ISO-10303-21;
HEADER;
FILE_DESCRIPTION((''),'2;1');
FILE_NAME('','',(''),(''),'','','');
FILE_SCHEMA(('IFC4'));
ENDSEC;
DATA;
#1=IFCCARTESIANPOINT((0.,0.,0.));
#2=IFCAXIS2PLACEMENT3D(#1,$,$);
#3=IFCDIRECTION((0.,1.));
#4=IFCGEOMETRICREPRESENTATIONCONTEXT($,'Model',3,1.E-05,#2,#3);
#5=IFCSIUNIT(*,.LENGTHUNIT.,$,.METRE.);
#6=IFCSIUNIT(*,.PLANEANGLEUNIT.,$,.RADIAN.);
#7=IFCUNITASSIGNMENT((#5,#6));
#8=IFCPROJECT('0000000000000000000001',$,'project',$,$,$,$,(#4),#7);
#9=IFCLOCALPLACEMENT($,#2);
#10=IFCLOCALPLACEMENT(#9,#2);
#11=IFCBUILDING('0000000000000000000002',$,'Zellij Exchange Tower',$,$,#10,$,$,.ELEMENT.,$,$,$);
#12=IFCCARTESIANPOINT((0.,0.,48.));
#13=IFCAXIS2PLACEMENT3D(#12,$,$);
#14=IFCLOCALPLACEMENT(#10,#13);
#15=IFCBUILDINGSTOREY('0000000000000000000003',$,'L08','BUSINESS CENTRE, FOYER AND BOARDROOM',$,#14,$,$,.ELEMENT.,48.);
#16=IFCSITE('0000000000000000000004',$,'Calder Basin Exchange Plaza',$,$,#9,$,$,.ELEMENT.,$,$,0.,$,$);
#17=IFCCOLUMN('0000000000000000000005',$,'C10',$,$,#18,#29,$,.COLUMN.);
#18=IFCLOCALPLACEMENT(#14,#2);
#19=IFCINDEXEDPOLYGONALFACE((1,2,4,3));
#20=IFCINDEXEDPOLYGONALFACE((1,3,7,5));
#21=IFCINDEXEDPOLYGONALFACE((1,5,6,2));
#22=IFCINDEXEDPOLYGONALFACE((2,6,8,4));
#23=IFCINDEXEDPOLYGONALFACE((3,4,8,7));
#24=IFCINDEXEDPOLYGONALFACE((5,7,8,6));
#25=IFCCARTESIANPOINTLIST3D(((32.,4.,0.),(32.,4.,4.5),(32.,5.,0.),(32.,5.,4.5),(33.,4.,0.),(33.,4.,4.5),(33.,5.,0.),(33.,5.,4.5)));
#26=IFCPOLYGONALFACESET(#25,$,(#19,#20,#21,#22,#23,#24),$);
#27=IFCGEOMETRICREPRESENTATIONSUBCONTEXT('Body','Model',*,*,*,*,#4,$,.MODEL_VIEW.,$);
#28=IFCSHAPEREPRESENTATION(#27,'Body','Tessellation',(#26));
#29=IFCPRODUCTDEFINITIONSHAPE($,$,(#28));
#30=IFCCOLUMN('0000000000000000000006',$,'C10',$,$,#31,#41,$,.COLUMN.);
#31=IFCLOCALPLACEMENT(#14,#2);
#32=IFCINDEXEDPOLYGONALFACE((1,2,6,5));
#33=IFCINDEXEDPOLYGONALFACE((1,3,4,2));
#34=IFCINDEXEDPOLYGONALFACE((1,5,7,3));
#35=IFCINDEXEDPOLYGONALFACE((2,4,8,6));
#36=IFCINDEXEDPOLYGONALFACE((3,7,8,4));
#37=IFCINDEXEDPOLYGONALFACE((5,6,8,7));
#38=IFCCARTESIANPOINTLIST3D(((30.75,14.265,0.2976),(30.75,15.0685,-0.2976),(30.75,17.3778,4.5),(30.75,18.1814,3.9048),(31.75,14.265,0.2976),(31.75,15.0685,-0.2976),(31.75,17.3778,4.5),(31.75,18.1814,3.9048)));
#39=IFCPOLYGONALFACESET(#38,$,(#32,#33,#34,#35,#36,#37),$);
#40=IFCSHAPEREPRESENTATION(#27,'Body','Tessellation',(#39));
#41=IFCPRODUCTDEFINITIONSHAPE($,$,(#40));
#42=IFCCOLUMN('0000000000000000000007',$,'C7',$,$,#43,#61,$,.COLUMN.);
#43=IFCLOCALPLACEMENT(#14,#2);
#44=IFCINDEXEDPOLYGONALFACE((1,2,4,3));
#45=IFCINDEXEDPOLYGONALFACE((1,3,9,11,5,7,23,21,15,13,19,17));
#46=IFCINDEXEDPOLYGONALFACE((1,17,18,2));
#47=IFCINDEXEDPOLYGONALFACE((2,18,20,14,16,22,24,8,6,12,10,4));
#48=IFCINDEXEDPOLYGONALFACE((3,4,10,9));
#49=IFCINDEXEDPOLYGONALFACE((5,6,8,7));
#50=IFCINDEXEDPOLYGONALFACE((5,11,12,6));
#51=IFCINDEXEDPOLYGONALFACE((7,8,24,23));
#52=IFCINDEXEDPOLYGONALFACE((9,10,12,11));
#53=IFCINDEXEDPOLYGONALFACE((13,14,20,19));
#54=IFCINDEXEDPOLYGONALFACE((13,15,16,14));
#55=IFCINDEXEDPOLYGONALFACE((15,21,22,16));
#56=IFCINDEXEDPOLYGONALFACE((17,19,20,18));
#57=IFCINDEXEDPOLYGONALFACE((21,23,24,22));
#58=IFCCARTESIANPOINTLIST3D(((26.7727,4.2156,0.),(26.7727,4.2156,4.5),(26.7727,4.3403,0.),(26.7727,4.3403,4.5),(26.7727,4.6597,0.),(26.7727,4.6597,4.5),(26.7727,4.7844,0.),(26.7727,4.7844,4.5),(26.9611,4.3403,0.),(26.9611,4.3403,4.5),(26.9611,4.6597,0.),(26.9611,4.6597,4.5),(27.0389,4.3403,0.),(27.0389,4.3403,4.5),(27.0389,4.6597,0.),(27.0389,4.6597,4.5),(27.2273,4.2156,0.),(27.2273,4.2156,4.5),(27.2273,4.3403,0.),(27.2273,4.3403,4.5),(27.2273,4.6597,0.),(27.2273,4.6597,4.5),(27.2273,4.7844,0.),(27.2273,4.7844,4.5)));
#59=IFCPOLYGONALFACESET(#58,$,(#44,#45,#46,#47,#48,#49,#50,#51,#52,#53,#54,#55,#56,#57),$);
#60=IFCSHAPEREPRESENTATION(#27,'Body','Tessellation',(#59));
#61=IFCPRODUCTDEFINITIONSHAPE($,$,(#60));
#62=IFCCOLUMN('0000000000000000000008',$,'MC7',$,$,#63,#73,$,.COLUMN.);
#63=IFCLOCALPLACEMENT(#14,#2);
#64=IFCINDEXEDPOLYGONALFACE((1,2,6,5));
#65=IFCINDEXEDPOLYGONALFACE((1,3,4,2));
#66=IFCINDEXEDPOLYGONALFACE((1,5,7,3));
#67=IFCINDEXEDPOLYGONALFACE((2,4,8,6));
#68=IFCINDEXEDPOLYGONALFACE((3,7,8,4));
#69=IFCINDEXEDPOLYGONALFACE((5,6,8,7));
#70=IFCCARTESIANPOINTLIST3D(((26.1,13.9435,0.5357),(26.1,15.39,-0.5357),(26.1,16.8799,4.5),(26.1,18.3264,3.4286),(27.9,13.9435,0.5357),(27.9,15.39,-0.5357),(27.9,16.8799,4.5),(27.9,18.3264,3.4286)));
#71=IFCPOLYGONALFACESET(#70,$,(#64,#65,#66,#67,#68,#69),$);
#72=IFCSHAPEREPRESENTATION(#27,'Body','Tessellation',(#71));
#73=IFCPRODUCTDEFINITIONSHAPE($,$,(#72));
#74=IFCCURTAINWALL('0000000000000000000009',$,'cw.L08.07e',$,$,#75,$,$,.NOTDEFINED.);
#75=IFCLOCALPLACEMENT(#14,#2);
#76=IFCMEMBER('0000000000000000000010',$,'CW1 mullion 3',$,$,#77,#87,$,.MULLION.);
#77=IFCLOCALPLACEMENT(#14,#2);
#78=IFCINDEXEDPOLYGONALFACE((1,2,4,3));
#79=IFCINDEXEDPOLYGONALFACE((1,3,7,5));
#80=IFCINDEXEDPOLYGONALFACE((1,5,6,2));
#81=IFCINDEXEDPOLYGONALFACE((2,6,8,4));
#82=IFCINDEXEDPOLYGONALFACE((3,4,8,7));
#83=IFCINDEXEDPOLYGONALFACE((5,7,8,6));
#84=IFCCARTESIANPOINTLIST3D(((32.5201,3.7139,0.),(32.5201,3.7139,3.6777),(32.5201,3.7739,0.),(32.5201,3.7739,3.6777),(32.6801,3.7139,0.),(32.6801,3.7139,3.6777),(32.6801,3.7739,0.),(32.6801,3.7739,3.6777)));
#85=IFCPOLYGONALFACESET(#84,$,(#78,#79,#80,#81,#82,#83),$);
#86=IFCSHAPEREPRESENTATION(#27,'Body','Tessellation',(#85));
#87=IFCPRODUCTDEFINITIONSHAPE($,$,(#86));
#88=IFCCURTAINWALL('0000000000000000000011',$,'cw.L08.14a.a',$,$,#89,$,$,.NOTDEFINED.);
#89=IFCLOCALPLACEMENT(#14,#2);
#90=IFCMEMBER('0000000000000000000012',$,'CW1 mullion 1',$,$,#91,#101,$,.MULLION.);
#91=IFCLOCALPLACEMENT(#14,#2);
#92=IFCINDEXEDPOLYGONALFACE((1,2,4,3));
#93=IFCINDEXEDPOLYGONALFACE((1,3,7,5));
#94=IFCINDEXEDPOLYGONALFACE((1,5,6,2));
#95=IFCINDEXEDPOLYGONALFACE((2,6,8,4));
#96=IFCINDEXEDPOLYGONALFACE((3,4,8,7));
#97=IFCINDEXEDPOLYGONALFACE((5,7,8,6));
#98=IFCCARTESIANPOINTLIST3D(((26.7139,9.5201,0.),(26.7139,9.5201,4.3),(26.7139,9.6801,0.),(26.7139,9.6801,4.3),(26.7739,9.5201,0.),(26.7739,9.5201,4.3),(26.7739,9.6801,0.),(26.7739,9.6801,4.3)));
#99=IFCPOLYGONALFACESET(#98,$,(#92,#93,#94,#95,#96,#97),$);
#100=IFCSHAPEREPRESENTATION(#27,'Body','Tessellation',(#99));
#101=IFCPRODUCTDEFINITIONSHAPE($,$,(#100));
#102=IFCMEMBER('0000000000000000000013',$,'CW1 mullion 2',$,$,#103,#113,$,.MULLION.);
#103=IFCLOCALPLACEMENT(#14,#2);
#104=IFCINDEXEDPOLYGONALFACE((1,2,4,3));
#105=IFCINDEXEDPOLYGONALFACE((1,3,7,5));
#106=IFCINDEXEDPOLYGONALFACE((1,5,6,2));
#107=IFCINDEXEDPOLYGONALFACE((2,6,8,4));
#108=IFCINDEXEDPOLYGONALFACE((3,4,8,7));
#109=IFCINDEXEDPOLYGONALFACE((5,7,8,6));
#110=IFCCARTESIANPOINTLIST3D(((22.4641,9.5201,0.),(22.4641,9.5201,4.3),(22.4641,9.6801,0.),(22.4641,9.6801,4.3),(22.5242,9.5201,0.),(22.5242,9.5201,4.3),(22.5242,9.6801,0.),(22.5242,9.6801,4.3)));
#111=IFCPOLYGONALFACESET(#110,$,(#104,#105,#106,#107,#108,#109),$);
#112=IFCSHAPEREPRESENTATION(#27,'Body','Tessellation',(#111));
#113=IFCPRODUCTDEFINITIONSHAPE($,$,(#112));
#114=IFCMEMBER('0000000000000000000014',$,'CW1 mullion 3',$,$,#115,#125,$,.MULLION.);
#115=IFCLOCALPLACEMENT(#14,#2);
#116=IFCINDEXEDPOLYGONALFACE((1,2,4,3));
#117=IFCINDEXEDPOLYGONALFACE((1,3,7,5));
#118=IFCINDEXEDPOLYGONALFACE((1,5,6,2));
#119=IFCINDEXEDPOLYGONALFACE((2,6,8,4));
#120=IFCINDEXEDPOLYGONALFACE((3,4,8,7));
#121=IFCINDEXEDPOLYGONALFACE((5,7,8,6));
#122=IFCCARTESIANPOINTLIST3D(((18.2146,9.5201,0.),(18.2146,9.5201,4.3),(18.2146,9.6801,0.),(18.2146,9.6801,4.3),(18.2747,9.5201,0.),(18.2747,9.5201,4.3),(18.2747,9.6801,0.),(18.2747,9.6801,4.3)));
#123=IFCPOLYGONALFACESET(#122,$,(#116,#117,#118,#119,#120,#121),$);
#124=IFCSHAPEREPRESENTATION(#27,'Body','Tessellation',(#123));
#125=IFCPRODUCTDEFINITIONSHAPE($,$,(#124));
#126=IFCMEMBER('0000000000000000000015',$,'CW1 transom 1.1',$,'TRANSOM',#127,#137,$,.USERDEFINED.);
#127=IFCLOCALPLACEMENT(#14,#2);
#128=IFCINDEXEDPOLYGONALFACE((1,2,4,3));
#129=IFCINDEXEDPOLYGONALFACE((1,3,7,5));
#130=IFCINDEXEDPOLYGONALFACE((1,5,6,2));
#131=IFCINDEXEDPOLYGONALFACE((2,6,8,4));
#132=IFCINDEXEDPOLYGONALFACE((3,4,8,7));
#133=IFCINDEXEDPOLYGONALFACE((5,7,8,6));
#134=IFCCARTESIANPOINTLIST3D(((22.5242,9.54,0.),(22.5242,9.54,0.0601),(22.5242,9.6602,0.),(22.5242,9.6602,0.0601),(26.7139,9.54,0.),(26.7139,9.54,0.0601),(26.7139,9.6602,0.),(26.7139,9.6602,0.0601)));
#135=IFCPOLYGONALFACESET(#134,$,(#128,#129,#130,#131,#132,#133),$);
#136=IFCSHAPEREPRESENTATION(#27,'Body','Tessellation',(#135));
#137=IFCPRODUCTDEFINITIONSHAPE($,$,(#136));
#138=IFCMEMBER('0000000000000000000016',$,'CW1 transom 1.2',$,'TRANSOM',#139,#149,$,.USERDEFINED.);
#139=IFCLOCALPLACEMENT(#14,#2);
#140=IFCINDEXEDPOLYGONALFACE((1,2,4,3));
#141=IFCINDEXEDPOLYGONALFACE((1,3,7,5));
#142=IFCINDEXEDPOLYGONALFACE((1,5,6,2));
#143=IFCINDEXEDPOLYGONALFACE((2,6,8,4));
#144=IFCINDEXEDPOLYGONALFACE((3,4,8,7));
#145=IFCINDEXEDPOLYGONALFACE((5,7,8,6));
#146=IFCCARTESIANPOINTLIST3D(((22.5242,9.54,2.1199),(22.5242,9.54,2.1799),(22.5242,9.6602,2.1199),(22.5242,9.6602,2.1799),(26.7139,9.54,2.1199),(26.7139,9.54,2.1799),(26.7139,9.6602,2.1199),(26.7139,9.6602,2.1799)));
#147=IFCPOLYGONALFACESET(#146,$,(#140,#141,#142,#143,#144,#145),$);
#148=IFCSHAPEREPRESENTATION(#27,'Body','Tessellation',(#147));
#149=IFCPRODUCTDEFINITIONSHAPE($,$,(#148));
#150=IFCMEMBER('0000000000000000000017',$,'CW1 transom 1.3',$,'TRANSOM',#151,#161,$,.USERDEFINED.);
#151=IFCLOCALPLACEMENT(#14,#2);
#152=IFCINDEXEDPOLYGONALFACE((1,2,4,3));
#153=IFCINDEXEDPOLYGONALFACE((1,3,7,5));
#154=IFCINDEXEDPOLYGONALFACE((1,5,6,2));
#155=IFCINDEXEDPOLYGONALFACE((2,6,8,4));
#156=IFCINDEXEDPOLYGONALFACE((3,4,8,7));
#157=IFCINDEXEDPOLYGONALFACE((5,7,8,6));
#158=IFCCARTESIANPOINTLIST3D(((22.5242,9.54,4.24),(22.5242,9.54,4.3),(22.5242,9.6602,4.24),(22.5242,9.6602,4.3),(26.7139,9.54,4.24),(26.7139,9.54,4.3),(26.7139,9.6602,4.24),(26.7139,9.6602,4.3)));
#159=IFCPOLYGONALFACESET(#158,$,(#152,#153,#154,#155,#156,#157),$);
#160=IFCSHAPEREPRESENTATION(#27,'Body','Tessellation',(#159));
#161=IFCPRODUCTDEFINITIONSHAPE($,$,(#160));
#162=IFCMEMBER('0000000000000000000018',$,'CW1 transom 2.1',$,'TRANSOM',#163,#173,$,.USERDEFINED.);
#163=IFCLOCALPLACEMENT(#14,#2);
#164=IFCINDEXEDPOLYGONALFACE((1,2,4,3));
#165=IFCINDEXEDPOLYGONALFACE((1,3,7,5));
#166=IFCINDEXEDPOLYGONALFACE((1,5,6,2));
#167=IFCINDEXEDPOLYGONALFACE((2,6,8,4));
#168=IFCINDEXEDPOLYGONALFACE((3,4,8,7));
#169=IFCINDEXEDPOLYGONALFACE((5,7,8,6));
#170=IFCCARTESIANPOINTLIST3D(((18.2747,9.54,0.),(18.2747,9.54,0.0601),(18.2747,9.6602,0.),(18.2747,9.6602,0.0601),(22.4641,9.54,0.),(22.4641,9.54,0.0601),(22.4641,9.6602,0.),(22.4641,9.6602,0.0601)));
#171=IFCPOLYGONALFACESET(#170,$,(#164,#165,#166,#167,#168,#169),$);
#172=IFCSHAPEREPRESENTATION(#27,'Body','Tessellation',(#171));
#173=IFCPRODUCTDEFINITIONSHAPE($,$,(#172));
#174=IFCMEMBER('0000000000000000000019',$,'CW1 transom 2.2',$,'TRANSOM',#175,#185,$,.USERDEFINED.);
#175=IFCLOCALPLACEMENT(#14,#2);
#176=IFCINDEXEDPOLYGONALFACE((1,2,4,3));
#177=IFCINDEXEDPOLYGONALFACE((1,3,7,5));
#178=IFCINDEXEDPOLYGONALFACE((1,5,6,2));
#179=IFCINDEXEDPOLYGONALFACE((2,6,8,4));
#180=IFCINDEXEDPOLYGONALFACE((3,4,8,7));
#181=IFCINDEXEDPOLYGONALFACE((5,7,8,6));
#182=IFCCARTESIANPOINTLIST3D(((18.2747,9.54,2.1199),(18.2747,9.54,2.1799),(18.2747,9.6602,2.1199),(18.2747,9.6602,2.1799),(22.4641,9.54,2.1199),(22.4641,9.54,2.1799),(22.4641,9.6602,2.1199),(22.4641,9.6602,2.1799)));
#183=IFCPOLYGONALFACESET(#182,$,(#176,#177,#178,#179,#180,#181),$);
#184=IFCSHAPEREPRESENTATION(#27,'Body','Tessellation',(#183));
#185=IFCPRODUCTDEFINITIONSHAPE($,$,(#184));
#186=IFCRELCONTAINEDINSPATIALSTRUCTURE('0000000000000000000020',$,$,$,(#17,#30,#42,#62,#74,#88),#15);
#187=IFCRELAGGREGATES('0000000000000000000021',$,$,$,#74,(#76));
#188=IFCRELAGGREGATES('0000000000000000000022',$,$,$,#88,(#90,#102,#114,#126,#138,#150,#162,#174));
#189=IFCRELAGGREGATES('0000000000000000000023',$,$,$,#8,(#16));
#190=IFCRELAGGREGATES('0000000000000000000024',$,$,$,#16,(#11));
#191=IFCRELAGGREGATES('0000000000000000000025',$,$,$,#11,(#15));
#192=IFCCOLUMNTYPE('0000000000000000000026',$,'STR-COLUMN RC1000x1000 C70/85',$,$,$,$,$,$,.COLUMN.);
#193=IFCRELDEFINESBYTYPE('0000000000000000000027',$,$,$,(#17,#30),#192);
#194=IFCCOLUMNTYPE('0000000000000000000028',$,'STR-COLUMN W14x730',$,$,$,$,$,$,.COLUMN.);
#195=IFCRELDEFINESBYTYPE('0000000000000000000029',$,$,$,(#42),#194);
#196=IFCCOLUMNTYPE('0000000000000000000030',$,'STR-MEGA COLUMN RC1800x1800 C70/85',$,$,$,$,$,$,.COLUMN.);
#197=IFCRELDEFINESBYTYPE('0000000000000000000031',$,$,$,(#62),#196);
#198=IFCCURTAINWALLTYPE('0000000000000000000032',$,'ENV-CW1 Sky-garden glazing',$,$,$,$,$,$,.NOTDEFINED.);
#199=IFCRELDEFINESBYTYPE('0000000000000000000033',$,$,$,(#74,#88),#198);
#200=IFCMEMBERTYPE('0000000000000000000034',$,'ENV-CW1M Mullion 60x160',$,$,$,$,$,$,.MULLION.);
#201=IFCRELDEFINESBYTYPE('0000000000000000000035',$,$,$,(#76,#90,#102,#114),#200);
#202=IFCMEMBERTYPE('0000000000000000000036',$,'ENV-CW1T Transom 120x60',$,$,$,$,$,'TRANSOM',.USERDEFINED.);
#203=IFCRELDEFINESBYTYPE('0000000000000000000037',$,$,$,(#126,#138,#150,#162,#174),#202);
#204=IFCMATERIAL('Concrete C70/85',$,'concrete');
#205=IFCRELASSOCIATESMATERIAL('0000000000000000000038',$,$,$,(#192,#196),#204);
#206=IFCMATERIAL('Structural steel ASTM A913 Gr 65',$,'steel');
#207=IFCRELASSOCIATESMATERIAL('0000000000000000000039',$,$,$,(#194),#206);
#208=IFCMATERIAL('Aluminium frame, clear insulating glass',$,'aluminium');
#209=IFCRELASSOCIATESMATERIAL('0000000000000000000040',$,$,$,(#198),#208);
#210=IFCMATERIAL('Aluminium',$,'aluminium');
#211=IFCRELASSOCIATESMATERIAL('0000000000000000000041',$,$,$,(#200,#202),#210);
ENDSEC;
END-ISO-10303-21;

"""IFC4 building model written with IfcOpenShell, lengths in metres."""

from ifc_helpers import new_model, si_unit, direction, frame, origin, origin_2d, place, context, subcontext, project, spatial, rectangle, i_section, extrude, clip, halfspace, material, material_profile, profile_set, type_object, element, aggregate, save


model = new_model("IFC4")

# Units and contexts
model_context = context("Model", 3, precision=1e-05, world=origin(), true_north=direction((0.0, 1.0)))
body_context = subcontext(model_context, "Body", "Model", "MODEL_VIEW")
ifc_project = project(units=[si_unit("LENGTHUNIT", "METRE"), si_unit("PLANEANGLEUNIT", "RADIAN")], contexts=[model_context])

# Site, building, storey
site_placement = place(None, origin())
site = spatial("IfcSite", under=ifc_project, at=site_placement, Name="Calder Basin Exchange Plaza", CompositionType="ELEMENT", RefElevation=0.0)
building_placement = place(site_placement, origin())
building = spatial("IfcBuilding", under=site, at=building_placement, Name="Zellij Exchange Tower", CompositionType="ELEMENT")
storey_placement = place(building_placement, frame((0.0, 0.0, 48.0)))
storey = spatial("IfcBuildingStorey", under=building, at=storey_placement, Name="L08", Description="BUSINESS CENTRE, FOYER AND BOARDROOM", CompositionType="ELEMENT", Elevation=48.0)

# Columns
ifc_material_1 = material(Name="Concrete C70/85", Category="concrete")
ifc_material_profile_1 = material_profile(ifc_material_1, rectangle(XDim=1.0, YDim=1.0, at=origin_2d()), Name="STR-COLUMN RC1000x1000 C70/85")
ifc_profile_set_1 = profile_set([ifc_material_profile_1], Name="Concrete C70/85")
column_type_1 = type_object("IfcColumnType", Name="STR-COLUMN RC1000x1000 C70/85", PredefinedType="COLUMN", material=ifc_profile_set_1)
column_1_placement = place(storey_placement, frame((32.5, 4.5, 0.0), z_axis=(0.0, 0.0, 1.0), x_axis=(1.0, 0.0, 0.0)))
element("IfcColumn", 1, at=column_1_placement, inside=storey, type_object=column_type_1, Name="C10", PredefinedType="COLUMN", context=body_context, shape_type="SweptSolid", body=[
    extrude(rectangle(XDim=1.0, YDim=1.0, at=origin_2d()), origin(), (0.0, 0.0, 1.0), 4.5),
])
column_2_placement = place(storey_placement, frame((31.25, 14.6667, 0.0), z_axis=(0.0, 0.595218, 0.803564), x_axis=(-1.0, 0.0, 0.0)))
element("IfcColumn", 2, at=column_2_placement, inside=storey, type_object=column_type_1, Name="C10", PredefinedType="COLUMN", context=body_context, shape_type="Clipping", body=[
    clip(extrude(rectangle(XDim=1.0, YDim=1.0, at=origin_2d()), origin(), (0.0, 0.0, 1.0), 5.6001), halfspace(frame((0.0, 0.0, 5.2297)), False)),
])
ifc_material_2 = material(Name="Structural steel ASTM A913 Gr 65", Category="steel")
ifc_material_profile_2 = material_profile(ifc_material_2, i_section(OverallWidth=0.4546, OverallDepth=0.5688, WebThickness=0.0779, FlangeThickness=0.1248, at=origin_2d()), Name="W14x730")
ifc_profile_set_2 = profile_set([ifc_material_profile_2], Name="Structural steel ASTM A913 Gr 65")
column_type_2 = type_object("IfcColumnType", Name="STR-COLUMN W14x730", PredefinedType="COLUMN", material=ifc_profile_set_2)
column_3_placement = place(storey_placement, frame((27.0, 4.5, 0.0), z_axis=(0.0, 0.0, 1.0), x_axis=(1.0, 0.0, 0.0)))
element("IfcColumn", 3, at=column_3_placement, inside=storey, type_object=column_type_2, Name="C7", PredefinedType="COLUMN", context=body_context, shape_type="SweptSolid", body=[
    extrude(i_section(OverallWidth=0.4546, OverallDepth=0.5688, WebThickness=0.0779, FlangeThickness=0.1248, at=origin_2d()), origin(), (0.0, 0.0, 1.0), 4.5),
])
ifc_material_profile_3 = material_profile(ifc_material_1, rectangle(XDim=1.8, YDim=1.8, at=origin_2d()), Name="STR-MEGA COLUMN RC1800x1800 C70/85")
ifc_profile_set_3 = profile_set([ifc_material_profile_3], Name="Concrete C70/85")
column_type_3 = type_object("IfcColumnType", Name="STR-MEGA COLUMN RC1800x1800 C70/85", PredefinedType="COLUMN", material=ifc_profile_set_3)
column_4_placement = place(storey_placement, frame((27.0, 14.6667, 0.0), z_axis=(0.0, 0.595218, 0.803564), x_axis=(-1.0, 0.0, 0.0)))
element("IfcColumn", 4, at=column_4_placement, inside=storey, type_object=column_type_3, Name="MC7", PredefinedType="COLUMN", context=body_context, shape_type="Clipping", body=[
    clip(extrude(rectangle(XDim=1.8, YDim=1.8, at=origin_2d()), origin(), (0.0, 0.0, 1.0), 5.6001), halfspace(frame((0.0, 0.0, 4.9333)), False)),
])

# Curtain wall, member
ifc_material_3 = material(Name="Aluminium frame, clear insulating glass", Category="aluminium")
curtain_wall_type = type_object("IfcCurtainWallType", Name="ENV-CW1 Sky-garden glazing", PredefinedType="NOTDEFINED", material=ifc_material_3)
curtain_wall_1_placement = place(storey_placement, origin())
curtain_wall_1 = element("IfcCurtainWall", 5, at=curtain_wall_1_placement, inside=storey, type_object=curtain_wall_type, Name="cw.L08.07e", PredefinedType="NOTDEFINED")
ifc_material_4 = material(Name="Aluminium", Category="aluminium")
ifc_material_profile_4 = material_profile(ifc_material_4, rectangle(XDim=0.0601, YDim=0.1599, at=origin_2d()), Name="AL 60x160")
ifc_profile_set_4 = profile_set([ifc_material_profile_4], Name="Aluminium")
member_type_1 = type_object("IfcMemberType", Name="ENV-CW1M Mullion 60x160", PredefinedType="MULLION", material=ifc_profile_set_4)
member_1_placement = place(storey_placement, frame((32.6001, 3.7439, 0.0), z_axis=(0.0, 0.0, 1.0), x_axis=(0.0, 1.0, 0.0)))
member_1 = element("IfcMember", 6, at=member_1_placement, type_object=member_type_1, Name="CW1 mullion 3", PredefinedType="MULLION", context=body_context, shape_type="SweptSolid", body=[
    extrude(rectangle(XDim=0.0601, YDim=0.1599, at=origin_2d()), origin(), (0.0, 0.0, 1.0), 3.6777),
])

# Curtain wall, members
curtain_wall_2_placement = place(storey_placement, origin())
curtain_wall_2 = element("IfcCurtainWall", 7, at=curtain_wall_2_placement, inside=storey, type_object=curtain_wall_type, Name="cw.L08.14a.a", PredefinedType="NOTDEFINED")
member_2_placement = place(storey_placement, frame((26.7439, 9.6001, 0.0), z_axis=(0.0, 0.0, 1.0), x_axis=(-1.0, 0.0, 0.0)))
member_2 = element("IfcMember", 8, at=member_2_placement, type_object=member_type_1, Name="CW1 mullion 1", PredefinedType="MULLION", context=body_context, shape_type="SweptSolid", body=[
    extrude(rectangle(XDim=0.0601, YDim=0.1599, at=origin_2d()), origin(), (0.0, 0.0, 1.0), 4.3),
])
member_3_placement = place(storey_placement, frame((22.4941, 9.6001, 0.0), z_axis=(0.0, 0.0, 1.0), x_axis=(-1.0, 0.0, 0.0)))
member_3 = element("IfcMember", 9, at=member_3_placement, type_object=member_type_1, Name="CW1 mullion 2", PredefinedType="MULLION", context=body_context, shape_type="SweptSolid", body=[
    extrude(rectangle(XDim=0.0601, YDim=0.1599, at=origin_2d()), origin(), (0.0, 0.0, 1.0), 4.3),
])
member_4_placement = place(storey_placement, frame((18.2446, 9.6001, 0.0), z_axis=(0.0, 0.0, 1.0), x_axis=(-1.0, 0.0, 0.0)))
member_4 = element("IfcMember", 10, at=member_4_placement, type_object=member_type_1, Name="CW1 mullion 3", PredefinedType="MULLION", context=body_context, shape_type="SweptSolid", body=[
    extrude(rectangle(XDim=0.0601, YDim=0.1599, at=origin_2d()), origin(), (0.0, 0.0, 1.0), 4.3),
])
ifc_material_profile_5 = material_profile(ifc_material_4, rectangle(XDim=0.1201, YDim=0.0601, at=origin_2d()), Name="AL 120x60")
ifc_profile_set_5 = profile_set([ifc_material_profile_5], Name="Aluminium")
member_type_2 = type_object("IfcMemberType", Name="ENV-CW1T Transom 120x60", ElementType="TRANSOM", PredefinedType="USERDEFINED", material=ifc_profile_set_5)
member_5_placement = place(storey_placement, frame((26.7139, 9.6001, 0.03), z_axis=(-1.0, 0.0, 0.0), x_axis=(0.0, -1.0, 0.0)))
member_5 = element("IfcMember", 11, at=member_5_placement, type_object=member_type_2, Name="CW1 transom 1.1", ObjectType="TRANSOM", PredefinedType="USERDEFINED", context=body_context, shape_type="SweptSolid", body=[
    extrude(rectangle(XDim=0.1201, YDim=0.0601, at=origin_2d()), origin(), (0.0, 0.0, 1.0), 4.1897),
])
member_6_placement = place(storey_placement, frame((26.7139, 9.6001, 2.1499), z_axis=(-1.0, 0.0, 0.0), x_axis=(0.0, -1.0, 0.0)))
member_6 = element("IfcMember", 12, at=member_6_placement, type_object=member_type_2, Name="CW1 transom 1.2", ObjectType="TRANSOM", PredefinedType="USERDEFINED", context=body_context, shape_type="SweptSolid", body=[
    extrude(rectangle(XDim=0.1201, YDim=0.0601, at=origin_2d()), origin(), (0.0, 0.0, 1.0), 4.1897),
])
member_7_placement = place(storey_placement, frame((26.7139, 9.6001, 4.27), z_axis=(-1.0, 0.0, 0.0), x_axis=(0.0, -1.0, 0.0)))
member_7 = element("IfcMember", 13, at=member_7_placement, type_object=member_type_2, Name="CW1 transom 1.3", ObjectType="TRANSOM", PredefinedType="USERDEFINED", context=body_context, shape_type="SweptSolid", body=[
    extrude(rectangle(XDim=0.1201, YDim=0.0601, at=origin_2d()), origin(), (0.0, 0.0, 1.0), 4.1897),
])
member_8_placement = place(storey_placement, frame((22.4641, 9.6001, 0.03), z_axis=(-1.0, 0.0, 0.0), x_axis=(0.0, -1.0, 0.0)))
member_8 = element("IfcMember", 14, at=member_8_placement, type_object=member_type_2, Name="CW1 transom 2.1", ObjectType="TRANSOM", PredefinedType="USERDEFINED", context=body_context, shape_type="SweptSolid", body=[
    extrude(rectangle(XDim=0.1201, YDim=0.0601, at=origin_2d()), origin(), (0.0, 0.0, 1.0), 4.1895),
])
member_9_placement = place(storey_placement, frame((22.4641, 9.6001, 2.1499), z_axis=(-1.0, 0.0, 0.0), x_axis=(0.0, -1.0, 0.0)))
member_9 = element("IfcMember", 15, at=member_9_placement, type_object=member_type_2, Name="CW1 transom 2.2", ObjectType="TRANSOM", PredefinedType="USERDEFINED", context=body_context, shape_type="SweptSolid", body=[
    extrude(rectangle(XDim=0.1201, YDim=0.0601, at=origin_2d()), origin(), (0.0, 0.0, 1.0), 4.1895),
])

aggregate(curtain_wall_1, [member_1])
aggregate(curtain_wall_2, [member_2, member_3, member_4, member_5, member_6, member_7, member_8, member_9])

save(model, "model.ifc")
